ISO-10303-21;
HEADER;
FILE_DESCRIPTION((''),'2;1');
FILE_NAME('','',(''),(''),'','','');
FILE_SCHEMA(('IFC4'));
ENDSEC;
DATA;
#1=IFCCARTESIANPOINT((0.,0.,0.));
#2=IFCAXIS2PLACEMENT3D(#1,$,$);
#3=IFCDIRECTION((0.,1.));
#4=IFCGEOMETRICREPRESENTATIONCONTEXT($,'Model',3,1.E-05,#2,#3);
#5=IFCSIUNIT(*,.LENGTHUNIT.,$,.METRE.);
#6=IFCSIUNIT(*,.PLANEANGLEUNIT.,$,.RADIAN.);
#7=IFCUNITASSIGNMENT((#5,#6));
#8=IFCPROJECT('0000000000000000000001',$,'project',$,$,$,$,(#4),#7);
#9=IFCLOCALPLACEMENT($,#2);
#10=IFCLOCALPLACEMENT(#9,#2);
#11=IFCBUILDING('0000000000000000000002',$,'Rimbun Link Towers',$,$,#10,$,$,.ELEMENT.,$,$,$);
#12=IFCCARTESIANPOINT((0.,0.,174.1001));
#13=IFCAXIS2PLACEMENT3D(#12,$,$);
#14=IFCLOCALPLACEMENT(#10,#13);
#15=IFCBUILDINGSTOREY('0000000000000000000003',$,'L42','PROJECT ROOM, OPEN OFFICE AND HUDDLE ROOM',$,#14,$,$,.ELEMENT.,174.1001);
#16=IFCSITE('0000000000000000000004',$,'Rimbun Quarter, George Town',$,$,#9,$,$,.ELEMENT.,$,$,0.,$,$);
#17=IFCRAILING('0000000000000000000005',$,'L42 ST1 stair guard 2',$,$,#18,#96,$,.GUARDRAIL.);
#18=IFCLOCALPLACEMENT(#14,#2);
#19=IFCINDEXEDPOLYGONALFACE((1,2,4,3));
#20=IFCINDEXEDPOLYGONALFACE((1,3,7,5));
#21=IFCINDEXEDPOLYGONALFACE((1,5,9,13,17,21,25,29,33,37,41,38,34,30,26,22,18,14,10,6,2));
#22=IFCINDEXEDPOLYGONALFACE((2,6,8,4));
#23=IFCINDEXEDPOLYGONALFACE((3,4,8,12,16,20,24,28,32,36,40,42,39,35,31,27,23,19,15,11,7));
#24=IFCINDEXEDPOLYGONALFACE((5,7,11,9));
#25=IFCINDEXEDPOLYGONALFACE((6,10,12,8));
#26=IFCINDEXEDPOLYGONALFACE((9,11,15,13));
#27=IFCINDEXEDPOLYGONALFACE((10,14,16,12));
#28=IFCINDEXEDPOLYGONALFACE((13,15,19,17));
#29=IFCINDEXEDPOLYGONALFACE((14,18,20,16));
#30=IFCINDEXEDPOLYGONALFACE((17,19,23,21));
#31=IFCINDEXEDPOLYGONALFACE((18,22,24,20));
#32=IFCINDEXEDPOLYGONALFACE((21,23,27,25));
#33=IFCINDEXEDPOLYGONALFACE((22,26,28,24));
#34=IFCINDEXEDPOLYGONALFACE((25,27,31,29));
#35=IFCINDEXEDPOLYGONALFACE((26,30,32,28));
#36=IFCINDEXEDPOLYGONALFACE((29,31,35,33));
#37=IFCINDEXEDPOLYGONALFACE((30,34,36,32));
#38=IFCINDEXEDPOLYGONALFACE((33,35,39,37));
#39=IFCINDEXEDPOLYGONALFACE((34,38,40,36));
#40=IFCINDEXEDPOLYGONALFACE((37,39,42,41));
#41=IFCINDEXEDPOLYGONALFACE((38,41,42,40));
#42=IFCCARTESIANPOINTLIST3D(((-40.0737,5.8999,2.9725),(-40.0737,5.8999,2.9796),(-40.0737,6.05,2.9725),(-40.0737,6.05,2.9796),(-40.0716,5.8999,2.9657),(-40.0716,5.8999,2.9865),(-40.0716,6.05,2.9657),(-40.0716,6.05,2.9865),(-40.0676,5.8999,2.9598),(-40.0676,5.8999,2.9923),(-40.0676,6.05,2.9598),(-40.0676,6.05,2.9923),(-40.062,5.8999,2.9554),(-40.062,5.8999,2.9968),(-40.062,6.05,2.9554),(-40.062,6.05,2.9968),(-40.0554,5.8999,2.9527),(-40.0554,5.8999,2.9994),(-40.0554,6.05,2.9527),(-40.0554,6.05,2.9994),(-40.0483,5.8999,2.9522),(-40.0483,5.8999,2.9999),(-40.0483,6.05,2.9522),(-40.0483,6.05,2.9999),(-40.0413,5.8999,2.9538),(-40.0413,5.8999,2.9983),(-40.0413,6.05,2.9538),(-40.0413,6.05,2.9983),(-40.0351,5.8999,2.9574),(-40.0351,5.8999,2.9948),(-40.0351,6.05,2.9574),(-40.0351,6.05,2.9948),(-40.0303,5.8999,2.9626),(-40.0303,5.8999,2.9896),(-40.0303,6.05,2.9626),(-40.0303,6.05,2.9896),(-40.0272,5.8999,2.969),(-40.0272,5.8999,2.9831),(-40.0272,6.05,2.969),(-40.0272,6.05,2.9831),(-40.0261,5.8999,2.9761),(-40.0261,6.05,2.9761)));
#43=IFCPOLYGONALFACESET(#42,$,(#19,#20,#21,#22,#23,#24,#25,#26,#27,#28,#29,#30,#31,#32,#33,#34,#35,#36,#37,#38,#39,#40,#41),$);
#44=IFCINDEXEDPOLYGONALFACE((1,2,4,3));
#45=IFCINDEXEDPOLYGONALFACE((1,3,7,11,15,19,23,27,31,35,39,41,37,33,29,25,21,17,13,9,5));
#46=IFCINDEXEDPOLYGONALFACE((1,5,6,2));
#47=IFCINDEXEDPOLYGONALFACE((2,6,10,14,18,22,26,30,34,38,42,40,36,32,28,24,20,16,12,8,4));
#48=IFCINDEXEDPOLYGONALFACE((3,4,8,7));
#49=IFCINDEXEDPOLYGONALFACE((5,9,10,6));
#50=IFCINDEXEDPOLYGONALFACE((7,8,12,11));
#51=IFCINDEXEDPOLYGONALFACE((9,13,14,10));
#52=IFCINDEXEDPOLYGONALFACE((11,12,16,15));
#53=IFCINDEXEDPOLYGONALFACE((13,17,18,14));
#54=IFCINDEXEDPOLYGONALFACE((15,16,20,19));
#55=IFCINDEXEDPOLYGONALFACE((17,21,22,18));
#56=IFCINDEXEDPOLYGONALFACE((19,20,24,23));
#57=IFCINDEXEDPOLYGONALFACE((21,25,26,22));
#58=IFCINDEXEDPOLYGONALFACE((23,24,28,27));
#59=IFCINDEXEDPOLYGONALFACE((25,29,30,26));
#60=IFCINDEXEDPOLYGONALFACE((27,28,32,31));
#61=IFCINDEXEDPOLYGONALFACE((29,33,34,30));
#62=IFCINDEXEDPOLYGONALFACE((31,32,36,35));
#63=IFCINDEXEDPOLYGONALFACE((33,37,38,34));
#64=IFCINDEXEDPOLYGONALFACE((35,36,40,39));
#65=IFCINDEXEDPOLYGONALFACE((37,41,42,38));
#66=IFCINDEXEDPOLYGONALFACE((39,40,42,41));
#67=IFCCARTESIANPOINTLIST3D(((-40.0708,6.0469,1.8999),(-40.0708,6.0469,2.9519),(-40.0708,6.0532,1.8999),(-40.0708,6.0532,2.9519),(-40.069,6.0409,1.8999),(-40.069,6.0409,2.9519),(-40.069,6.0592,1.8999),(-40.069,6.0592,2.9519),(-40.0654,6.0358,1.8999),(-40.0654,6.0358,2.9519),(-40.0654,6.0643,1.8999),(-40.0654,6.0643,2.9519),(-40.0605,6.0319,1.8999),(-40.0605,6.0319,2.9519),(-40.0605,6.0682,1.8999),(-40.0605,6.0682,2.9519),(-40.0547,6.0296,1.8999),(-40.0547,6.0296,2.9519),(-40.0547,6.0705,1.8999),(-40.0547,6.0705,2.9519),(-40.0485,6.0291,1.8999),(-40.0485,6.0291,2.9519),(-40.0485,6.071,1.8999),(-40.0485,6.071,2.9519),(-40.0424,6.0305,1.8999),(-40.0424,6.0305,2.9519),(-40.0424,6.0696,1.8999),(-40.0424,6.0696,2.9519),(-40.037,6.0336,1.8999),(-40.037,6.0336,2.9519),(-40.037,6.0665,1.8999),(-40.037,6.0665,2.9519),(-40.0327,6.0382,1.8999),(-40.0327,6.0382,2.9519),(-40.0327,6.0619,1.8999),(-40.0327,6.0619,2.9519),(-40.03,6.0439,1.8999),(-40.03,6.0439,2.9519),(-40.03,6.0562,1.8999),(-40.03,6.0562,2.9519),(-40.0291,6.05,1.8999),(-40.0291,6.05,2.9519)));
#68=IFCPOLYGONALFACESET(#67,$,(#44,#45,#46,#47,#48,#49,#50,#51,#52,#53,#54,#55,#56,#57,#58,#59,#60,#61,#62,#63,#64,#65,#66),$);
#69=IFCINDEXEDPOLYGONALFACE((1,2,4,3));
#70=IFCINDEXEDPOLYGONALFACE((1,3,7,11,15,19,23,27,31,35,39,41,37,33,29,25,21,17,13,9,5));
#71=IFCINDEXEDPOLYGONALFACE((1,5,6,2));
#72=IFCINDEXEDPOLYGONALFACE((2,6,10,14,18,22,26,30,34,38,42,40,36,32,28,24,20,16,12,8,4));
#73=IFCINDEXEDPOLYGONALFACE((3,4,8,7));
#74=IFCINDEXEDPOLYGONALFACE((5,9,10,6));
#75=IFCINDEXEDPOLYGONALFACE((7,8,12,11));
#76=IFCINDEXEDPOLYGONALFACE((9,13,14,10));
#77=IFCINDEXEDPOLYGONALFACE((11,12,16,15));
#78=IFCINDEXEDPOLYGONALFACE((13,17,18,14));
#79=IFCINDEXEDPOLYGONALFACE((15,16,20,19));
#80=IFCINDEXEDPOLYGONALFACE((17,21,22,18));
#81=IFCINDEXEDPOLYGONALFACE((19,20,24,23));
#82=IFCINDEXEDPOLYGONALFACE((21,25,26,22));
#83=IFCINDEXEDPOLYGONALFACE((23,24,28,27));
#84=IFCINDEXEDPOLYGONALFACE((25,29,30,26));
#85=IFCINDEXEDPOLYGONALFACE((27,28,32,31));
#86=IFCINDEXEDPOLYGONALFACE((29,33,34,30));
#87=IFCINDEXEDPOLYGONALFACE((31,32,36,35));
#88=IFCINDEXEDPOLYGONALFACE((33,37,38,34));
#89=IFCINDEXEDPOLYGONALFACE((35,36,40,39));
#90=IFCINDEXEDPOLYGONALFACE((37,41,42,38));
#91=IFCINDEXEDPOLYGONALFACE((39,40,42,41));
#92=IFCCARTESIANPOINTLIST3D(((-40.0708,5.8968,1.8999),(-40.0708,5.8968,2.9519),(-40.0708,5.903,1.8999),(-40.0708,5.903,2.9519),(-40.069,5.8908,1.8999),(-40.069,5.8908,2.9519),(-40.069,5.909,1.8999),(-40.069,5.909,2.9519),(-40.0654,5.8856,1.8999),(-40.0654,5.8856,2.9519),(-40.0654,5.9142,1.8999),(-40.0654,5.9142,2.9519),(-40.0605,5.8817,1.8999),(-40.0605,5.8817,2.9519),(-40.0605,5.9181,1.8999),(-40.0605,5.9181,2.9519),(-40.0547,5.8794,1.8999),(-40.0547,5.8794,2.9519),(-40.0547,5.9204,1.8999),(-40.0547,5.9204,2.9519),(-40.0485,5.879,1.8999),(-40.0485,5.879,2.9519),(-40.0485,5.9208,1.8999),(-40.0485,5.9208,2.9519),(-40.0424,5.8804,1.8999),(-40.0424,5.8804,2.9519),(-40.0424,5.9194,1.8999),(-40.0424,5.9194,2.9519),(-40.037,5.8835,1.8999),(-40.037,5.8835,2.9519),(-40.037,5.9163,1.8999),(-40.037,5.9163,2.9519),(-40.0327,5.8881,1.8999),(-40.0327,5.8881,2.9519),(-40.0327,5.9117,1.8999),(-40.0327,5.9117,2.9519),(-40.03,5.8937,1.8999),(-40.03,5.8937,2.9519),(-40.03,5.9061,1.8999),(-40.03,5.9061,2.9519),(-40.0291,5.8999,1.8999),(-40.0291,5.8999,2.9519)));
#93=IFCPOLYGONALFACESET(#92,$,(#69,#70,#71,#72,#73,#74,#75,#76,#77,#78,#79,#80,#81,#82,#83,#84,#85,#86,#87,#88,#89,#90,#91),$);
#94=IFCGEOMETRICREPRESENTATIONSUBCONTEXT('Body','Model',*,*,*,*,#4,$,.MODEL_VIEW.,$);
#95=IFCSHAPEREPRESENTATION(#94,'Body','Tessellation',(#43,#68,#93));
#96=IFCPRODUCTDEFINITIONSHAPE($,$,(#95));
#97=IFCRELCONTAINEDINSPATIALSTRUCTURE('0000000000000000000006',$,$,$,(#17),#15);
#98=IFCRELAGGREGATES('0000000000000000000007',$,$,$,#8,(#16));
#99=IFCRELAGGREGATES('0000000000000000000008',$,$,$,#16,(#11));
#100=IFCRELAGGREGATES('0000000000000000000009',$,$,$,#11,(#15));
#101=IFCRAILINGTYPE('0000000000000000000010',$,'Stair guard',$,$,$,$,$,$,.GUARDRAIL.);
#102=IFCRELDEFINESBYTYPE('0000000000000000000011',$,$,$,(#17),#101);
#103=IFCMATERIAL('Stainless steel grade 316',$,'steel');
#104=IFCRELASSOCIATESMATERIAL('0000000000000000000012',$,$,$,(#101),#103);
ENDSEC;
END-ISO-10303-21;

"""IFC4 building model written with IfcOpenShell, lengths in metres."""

from ifc_helpers import new_model, si_unit, direction, frame, origin, origin_2d, place, context, subcontext, project, spatial, circle, extrude, material, type_object, element, save


model = new_model("IFC4")

# Units and contexts
model_context = context("Model", 3, precision=1e-05, world=origin(), true_north=direction((0.0, 1.0)))
body_context = subcontext(model_context, "Body", "Model", "MODEL_VIEW")
ifc_project = project(units=[si_unit("LENGTHUNIT", "METRE"), si_unit("PLANEANGLEUNIT", "RADIAN")], contexts=[model_context])

# Site, building, storey
site_placement = place(None, origin())
site = spatial("IfcSite", under=ifc_project, at=site_placement, Name="Rimbun Quarter, George Town", CompositionType="ELEMENT", RefElevation=0.0)
building_placement = place(site_placement, origin())
building = spatial("IfcBuilding", under=site, at=building_placement, Name="Rimbun Link Towers", CompositionType="ELEMENT")
storey_placement = place(building_placement, frame((0.0, 0.0, 174.1001)))
storey = spatial("IfcBuildingStorey", under=building, at=storey_placement, Name="L42", Description="PROJECT ROOM, OPEN OFFICE AND HUDDLE ROOM", CompositionType="ELEMENT", Elevation=174.1001)

# Railing
ifc_material_1 = material(Name="Stainless steel grade 316", Category="steel")
railing_type_1 = type_object("IfcRailingType", Name="Stair guard", PredefinedType="GUARDRAIL", material=ifc_material_1)
railing_1_placement = place(storey_placement, frame((-40.05, 6.05, 1.8999)))
element("IfcRailing", 1, at=railing_1_placement, inside=storey, type_object=railing_type_1, Name="L42 ST1 stair guard 2", PredefinedType="GUARDRAIL", context=body_context, shape_type="SweptSolid", body=[
    extrude(circle(Radius=0.0239, at=origin_2d()), frame((0.0, 0.0, 1.0762), z_axis=(0.0, -1.0, 0.0), x_axis=(1.0, 0.0, 0.0)), (0.0, 0.0, 1.0), 0.1501),
    extrude(circle(Radius=0.021, at=origin_2d()), origin(), (0.0, 0.0, 1.0), 1.052),
    extrude(circle(Radius=0.021, at=origin_2d()), frame((0.0, -0.1501, 0.0)), (0.0, 0.0, 1.0), 1.052),
])

save(model, "model.ifc")
